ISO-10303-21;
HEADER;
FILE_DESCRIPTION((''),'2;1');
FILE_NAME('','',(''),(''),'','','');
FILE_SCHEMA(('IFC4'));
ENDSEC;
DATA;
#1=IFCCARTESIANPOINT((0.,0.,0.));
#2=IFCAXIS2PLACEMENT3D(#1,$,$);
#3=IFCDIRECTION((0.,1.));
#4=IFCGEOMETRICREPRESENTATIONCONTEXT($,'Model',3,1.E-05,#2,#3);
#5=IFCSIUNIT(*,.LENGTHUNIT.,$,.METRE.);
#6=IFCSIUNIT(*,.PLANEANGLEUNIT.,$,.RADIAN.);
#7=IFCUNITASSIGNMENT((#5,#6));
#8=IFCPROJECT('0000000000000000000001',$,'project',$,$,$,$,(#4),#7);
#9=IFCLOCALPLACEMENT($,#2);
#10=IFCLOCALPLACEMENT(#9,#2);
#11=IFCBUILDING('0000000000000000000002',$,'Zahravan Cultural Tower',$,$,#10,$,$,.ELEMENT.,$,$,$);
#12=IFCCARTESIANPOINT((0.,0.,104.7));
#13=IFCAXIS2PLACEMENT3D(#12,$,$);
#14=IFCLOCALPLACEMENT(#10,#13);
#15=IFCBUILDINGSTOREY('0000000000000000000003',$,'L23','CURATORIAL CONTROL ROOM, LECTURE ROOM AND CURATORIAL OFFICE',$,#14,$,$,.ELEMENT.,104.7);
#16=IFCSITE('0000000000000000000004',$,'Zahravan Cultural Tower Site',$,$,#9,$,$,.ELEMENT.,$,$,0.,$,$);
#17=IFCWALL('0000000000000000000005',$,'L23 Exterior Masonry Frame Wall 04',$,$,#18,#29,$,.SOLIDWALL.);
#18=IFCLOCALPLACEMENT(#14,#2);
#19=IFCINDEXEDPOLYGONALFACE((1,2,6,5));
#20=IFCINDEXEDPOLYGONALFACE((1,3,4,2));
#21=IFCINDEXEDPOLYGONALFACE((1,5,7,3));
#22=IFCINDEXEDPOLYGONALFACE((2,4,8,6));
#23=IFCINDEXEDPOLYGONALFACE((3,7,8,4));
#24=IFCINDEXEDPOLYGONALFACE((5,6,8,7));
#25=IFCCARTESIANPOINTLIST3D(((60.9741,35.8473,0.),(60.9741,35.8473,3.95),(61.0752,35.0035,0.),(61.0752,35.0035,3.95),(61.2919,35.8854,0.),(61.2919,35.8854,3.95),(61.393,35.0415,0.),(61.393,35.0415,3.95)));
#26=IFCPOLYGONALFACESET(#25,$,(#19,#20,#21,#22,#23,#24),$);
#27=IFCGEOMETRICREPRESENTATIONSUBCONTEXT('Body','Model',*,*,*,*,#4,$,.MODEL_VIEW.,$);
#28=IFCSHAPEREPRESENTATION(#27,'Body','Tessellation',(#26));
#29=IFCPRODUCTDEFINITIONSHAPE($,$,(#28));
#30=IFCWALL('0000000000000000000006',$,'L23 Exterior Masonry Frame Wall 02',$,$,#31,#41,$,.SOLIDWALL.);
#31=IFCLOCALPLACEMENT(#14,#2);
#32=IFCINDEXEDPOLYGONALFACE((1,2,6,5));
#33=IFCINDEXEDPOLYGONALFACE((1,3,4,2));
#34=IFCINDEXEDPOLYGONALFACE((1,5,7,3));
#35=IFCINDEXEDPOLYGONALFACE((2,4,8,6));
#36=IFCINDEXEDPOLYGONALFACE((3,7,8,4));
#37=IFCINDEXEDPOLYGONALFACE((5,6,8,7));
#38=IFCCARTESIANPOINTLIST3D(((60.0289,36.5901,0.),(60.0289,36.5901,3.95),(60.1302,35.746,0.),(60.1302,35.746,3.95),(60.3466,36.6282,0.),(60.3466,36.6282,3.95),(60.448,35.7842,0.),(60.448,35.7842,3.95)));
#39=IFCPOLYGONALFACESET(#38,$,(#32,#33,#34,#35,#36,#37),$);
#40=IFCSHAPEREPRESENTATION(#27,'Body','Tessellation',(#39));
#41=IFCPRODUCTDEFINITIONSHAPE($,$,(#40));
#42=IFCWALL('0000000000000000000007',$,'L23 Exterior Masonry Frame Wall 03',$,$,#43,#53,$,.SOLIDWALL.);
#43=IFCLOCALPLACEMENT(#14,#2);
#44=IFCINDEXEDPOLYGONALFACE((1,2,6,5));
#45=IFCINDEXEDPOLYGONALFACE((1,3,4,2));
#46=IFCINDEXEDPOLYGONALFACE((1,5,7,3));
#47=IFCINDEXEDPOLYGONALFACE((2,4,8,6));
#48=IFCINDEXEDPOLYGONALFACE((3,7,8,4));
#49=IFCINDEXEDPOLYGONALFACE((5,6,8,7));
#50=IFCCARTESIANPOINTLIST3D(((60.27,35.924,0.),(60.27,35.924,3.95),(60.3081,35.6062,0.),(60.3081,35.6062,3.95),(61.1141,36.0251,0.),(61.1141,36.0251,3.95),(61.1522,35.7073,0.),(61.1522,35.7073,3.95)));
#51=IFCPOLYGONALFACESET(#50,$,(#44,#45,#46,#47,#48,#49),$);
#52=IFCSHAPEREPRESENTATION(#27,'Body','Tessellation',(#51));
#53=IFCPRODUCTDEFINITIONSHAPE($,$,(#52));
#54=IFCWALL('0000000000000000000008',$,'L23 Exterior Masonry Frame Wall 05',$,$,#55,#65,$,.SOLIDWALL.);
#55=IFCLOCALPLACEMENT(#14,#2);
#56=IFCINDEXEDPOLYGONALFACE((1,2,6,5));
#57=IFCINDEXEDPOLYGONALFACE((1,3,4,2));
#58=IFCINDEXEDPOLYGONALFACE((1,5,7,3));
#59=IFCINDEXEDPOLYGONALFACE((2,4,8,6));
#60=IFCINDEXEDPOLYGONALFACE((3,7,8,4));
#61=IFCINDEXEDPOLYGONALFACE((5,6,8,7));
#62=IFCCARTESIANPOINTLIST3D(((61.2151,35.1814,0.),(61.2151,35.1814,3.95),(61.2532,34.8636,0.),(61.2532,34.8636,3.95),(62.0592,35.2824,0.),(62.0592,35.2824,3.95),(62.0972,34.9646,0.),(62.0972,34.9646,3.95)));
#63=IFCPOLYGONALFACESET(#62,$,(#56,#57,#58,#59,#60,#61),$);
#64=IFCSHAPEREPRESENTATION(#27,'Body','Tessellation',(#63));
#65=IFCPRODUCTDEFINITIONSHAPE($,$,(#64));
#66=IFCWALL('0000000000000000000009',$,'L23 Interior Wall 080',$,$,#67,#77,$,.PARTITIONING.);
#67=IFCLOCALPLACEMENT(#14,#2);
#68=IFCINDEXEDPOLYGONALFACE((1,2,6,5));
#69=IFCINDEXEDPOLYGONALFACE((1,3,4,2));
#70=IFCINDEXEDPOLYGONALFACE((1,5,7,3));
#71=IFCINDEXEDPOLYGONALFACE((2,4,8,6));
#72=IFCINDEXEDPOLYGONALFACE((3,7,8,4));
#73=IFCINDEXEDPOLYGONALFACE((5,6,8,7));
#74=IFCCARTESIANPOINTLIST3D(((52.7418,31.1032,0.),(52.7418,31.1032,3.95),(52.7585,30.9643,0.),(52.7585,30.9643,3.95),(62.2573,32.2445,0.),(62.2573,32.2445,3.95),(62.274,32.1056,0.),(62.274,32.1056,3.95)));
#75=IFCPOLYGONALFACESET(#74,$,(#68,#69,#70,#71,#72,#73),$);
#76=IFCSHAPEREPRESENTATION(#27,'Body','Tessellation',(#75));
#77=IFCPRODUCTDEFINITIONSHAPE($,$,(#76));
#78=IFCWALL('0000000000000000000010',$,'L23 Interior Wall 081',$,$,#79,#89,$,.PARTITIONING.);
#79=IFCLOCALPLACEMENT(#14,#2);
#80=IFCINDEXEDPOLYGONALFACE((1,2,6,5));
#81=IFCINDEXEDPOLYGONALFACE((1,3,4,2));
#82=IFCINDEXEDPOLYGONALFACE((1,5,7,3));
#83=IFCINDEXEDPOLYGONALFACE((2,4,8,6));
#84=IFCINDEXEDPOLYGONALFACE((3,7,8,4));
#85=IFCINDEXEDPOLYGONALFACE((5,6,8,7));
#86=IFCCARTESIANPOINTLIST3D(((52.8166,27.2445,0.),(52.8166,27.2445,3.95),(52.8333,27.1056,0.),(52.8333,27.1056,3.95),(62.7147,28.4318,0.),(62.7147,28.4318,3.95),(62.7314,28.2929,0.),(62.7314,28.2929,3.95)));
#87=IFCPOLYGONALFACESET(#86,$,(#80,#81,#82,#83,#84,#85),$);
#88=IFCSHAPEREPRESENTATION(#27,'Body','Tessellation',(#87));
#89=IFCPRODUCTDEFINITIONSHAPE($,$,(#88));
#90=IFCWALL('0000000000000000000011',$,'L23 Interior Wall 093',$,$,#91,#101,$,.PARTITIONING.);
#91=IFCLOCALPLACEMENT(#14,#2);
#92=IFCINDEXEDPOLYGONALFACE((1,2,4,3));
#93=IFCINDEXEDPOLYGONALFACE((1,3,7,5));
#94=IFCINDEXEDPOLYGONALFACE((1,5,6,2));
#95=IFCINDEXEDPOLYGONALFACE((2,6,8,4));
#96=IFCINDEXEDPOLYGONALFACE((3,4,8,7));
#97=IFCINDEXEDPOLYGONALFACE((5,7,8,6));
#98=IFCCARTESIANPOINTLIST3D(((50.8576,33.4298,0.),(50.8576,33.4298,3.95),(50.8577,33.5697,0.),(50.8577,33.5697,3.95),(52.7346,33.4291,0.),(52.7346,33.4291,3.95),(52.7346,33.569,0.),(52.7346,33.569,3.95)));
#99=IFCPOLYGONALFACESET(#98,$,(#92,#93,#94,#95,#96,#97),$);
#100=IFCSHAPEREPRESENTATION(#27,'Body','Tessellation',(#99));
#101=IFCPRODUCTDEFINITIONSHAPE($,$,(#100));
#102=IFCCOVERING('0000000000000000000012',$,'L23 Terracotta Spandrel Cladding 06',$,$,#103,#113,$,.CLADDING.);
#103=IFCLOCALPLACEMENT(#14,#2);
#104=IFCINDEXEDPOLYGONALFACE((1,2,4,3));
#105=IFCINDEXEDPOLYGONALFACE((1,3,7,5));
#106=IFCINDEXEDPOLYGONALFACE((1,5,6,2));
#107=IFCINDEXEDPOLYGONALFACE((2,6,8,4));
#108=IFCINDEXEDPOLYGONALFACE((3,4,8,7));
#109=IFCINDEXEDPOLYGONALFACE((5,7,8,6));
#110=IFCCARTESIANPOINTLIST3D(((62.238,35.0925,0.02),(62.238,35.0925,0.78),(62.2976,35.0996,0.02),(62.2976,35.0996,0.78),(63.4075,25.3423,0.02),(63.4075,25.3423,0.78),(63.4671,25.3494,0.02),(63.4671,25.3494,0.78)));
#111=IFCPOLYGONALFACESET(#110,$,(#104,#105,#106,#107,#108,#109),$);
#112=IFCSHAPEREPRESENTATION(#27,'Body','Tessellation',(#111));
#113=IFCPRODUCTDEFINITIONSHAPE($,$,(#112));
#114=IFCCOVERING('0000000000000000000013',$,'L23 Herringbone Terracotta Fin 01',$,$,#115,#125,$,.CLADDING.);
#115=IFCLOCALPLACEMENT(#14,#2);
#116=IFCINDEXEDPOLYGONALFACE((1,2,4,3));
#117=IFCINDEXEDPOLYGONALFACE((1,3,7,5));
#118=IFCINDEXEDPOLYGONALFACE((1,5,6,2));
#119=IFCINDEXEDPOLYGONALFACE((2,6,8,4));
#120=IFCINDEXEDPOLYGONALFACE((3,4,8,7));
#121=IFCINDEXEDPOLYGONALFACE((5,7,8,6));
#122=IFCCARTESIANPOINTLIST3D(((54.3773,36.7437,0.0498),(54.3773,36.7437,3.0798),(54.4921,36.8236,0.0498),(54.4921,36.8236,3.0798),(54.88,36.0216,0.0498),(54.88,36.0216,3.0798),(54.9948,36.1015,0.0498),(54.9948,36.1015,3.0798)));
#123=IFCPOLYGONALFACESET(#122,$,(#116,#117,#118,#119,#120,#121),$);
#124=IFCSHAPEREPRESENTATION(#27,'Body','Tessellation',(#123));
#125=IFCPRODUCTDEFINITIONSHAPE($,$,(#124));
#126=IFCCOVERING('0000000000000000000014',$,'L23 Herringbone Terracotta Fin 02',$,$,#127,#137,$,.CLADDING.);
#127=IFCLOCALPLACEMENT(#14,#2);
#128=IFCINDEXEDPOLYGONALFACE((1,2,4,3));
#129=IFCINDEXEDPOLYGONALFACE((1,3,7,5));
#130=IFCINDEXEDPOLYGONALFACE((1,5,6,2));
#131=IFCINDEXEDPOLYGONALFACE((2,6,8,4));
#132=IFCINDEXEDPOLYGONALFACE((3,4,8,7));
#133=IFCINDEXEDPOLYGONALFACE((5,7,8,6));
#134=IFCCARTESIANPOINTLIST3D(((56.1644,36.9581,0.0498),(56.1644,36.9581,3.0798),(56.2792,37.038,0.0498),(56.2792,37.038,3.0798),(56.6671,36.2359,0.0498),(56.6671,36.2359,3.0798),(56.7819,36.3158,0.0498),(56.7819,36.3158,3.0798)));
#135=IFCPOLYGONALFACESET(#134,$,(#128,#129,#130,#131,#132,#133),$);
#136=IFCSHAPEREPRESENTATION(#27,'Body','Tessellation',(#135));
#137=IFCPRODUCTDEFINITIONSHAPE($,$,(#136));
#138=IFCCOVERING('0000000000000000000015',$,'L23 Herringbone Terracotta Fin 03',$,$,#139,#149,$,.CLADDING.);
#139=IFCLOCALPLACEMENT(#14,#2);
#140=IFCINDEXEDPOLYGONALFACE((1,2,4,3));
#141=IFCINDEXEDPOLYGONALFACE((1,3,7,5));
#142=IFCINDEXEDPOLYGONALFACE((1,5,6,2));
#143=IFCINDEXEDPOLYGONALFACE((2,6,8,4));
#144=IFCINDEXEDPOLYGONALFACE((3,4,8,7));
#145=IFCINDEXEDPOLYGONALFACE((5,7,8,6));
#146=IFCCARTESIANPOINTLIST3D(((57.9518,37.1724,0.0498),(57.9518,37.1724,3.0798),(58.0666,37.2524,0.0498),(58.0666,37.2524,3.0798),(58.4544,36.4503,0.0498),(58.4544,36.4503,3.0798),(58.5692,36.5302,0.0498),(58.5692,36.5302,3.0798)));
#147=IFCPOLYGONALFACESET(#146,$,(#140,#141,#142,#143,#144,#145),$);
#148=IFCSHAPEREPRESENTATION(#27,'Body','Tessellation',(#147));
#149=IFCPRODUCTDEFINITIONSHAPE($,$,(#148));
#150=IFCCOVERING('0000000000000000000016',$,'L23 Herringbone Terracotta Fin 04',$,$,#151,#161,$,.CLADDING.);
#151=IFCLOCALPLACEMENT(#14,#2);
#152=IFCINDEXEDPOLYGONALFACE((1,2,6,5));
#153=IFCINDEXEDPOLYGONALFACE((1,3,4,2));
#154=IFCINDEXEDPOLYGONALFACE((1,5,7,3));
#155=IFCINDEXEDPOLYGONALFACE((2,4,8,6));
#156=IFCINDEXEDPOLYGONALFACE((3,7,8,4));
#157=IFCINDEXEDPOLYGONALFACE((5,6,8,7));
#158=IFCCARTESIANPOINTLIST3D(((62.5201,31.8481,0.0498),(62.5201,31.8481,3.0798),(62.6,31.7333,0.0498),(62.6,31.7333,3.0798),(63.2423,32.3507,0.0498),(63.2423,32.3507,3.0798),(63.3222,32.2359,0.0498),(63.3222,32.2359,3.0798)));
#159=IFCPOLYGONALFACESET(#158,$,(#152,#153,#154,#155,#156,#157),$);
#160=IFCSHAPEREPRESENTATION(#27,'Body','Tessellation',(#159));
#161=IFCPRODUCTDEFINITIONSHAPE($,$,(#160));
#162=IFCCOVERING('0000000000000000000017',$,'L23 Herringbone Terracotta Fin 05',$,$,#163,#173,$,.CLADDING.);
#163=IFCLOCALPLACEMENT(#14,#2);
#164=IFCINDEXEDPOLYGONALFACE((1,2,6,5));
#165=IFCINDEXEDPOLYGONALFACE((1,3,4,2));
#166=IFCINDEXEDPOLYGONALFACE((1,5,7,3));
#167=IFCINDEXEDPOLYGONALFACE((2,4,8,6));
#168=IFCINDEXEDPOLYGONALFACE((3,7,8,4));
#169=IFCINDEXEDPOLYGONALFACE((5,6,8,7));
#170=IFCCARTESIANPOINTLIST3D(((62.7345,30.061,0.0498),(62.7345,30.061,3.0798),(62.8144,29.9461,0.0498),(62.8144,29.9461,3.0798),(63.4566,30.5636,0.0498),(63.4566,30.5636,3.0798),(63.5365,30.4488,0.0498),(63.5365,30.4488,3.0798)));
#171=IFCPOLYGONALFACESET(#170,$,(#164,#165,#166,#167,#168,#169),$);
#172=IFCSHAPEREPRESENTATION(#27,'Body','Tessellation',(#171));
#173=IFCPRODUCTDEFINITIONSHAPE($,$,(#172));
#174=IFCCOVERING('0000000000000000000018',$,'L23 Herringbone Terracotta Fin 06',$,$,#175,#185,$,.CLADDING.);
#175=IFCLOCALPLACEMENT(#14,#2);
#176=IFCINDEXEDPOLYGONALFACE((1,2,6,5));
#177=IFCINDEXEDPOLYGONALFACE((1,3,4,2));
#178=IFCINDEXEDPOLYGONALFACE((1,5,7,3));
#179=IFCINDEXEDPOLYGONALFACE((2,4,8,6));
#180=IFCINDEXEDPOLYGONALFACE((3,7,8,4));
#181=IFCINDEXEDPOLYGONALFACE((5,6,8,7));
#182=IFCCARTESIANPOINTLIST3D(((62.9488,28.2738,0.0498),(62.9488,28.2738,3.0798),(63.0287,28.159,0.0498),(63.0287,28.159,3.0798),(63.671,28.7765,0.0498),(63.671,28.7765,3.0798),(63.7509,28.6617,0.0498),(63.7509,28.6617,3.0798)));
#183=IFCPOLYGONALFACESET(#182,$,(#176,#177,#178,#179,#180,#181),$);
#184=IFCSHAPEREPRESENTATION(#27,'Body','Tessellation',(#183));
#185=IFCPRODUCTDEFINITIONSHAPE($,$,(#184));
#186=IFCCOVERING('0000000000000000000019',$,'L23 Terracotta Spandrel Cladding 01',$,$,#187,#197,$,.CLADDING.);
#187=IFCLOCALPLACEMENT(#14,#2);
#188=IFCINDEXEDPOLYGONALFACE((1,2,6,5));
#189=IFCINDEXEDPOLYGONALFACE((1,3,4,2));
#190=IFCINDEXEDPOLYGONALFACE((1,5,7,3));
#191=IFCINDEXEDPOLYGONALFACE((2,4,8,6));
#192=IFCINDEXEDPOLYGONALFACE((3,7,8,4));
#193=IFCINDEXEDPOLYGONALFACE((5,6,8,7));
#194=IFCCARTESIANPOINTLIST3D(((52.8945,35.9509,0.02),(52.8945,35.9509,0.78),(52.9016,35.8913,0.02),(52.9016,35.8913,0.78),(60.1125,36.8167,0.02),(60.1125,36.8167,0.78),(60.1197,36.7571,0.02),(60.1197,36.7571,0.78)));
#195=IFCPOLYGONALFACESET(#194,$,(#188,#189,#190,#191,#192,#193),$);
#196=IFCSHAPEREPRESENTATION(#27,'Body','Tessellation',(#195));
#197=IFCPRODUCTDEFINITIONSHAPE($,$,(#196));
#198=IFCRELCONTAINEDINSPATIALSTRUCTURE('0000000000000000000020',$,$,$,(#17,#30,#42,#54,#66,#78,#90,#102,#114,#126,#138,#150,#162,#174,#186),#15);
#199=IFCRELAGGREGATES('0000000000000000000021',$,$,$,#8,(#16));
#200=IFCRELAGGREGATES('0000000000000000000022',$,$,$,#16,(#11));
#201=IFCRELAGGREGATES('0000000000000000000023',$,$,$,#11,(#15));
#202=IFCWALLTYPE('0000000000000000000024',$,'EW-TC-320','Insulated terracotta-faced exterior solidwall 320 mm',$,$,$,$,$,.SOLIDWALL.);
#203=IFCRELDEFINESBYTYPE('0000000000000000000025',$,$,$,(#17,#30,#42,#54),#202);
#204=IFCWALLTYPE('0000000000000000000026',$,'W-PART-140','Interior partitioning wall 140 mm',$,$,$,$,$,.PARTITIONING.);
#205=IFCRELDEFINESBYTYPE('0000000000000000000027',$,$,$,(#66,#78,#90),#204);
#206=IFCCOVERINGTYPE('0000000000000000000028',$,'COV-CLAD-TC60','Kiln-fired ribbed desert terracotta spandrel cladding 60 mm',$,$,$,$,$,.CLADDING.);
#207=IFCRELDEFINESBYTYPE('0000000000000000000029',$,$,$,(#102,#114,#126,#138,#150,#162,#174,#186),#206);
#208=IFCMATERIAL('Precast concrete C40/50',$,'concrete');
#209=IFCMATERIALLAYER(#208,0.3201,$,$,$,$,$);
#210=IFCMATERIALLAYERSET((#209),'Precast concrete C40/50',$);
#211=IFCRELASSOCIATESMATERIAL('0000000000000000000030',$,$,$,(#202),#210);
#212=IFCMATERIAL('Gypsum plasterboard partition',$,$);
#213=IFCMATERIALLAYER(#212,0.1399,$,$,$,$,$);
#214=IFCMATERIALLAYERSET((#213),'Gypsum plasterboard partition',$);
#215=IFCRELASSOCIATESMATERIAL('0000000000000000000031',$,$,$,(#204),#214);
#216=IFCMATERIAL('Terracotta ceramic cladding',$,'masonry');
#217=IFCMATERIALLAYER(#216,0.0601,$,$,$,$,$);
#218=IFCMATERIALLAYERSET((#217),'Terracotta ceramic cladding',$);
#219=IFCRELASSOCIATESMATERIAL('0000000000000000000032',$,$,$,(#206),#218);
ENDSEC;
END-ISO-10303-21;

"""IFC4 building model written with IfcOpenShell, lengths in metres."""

from ifc_helpers import new_model, si_unit, direction, frame, frame_2d, origin, origin_2d, place, context, subcontext, project, spatial, rectangle, extrude, source, transform, mapped, material, layer, layer_set, type_object, element, save


model = new_model("IFC4")

# Units and contexts
model_context = context("Model", 3, precision=1e-05, world=origin(), true_north=direction((0.0, 1.0)))
body_context = subcontext(model_context, "Body", "Model", "MODEL_VIEW")
ifc_project = project(units=[si_unit("LENGTHUNIT", "METRE"), si_unit("PLANEANGLEUNIT", "RADIAN")], contexts=[model_context])

# Site, building, storey
site_placement = place(None, origin())
site = spatial("IfcSite", under=ifc_project, at=site_placement, Name="Zahravan Cultural Tower Site", CompositionType="ELEMENT", RefElevation=0.0)
building_placement = place(site_placement, origin())
building = spatial("IfcBuilding", under=site, at=building_placement, Name="Zahravan Cultural Tower", CompositionType="ELEMENT")
storey_placement = place(building_placement, frame((0.0, 0.0, 104.7)))
storey = spatial("IfcBuildingStorey", under=building, at=storey_placement, Name="L23", Description="CURATORIAL CONTROL ROOM, LECTURE ROOM AND CURATORIAL OFFICE", CompositionType="ELEMENT", Elevation=104.7)

# Shared definitions
ifc_material_1 = material(Name="Precast concrete C40/50", Category="concrete")
ifc_layer_1 = layer(ifc_material_1, 0.3201)
ifc_layer_set_1 = layer_set([ifc_layer_1], Name="Precast concrete C40/50")
wall_type_1 = type_object("IfcWallType", Name="EW-TC-320", Description="Insulated terracotta-faced exterior solidwall 320 mm", PredefinedType="SOLIDWALL", material=ifc_layer_set_1)

# Shared definitions
ifc_material_2 = material(Name="Gypsum plasterboard partition")
ifc_layer_2 = layer(ifc_material_2, 0.1399)
ifc_layer_set_2 = layer_set([ifc_layer_2], Name="Gypsum plasterboard partition")
wall_type_2 = type_object("IfcWallType", Name="W-PART-140", Description="Interior partitioning wall 140 mm", PredefinedType="PARTITIONING", material=ifc_layer_set_2)

# Walls
shared_shape_1 = source(origin(), body_context, "Body", "SweptSolid", [
    extrude(rectangle(XDim=0.8499, YDim=0.3201, at=frame_2d((0.4248, 0.0))), origin(), (0.0, 0.0, 1.0), 3.95),
])
wall_1_placement = place(storey_placement, frame((61.1331, 35.8662, 0.0), z_axis=(0.0, 0.0, 1.0), x_axis=(0.118941, -0.992901, 0.0)))
element("IfcWall", 1, at=wall_1_placement, inside=storey, type_object=wall_type_1, Name="L23 Exterior Masonry Frame Wall 04", PredefinedType="SOLIDWALL", context=body_context, shape_type="MappedRepresentation", body=[
    mapped(shared_shape_1, transform((0.0, 0.0, 0.0), x_axis=(1.0, 0.0, 0.0), y_axis=(0.0, 1.0, 0.0), z_axis=(0.0, 0.0, 1.0), scale=1.0)),
])
shared_shape_2 = source(origin(), body_context, "Body", "SweptSolid", [
    extrude(rectangle(XDim=0.8501, YDim=0.3201, at=frame_2d((0.425, 0.0))), origin(), (0.0, 0.0, 1.0), 3.95),
])
for number, where, z_axis, x_axis, name in (
    (2, (60.1877, 36.6091, 0.0), (0.0, 0.0, 1.0), (0.119191, -0.992871, 0.0), "L23 Exterior Masonry Frame Wall 02"),
    (3, (60.2891, 35.7651, 0.0), (0.0, 0.0, 1.0), (0.992905, 0.118907, 0.0), "L23 Exterior Masonry Frame Wall 03"),
    (4, (61.2341, 35.0225, 0.0), (0.0, 0.0, 1.0), (0.992905, 0.118907, 0.0), "L23 Exterior Masonry Frame Wall 05"),
):
    element("IfcWall", number, at=place(storey_placement, frame(where, z_axis=z_axis, x_axis=x_axis)), inside=storey, type_object=wall_type_1, Name=name, PredefinedType="SOLIDWALL", context=body_context, shape_type="MappedRepresentation", body=[
        mapped(shared_shape_2, transform((0.0, 0.0, 0.0), x_axis=(1.0, 0.0, 0.0), y_axis=(0.0, 1.0, 0.0), z_axis=(0.0, 0.0, 1.0), scale=1.0)),
    ])
shared_shape_3 = source(origin(), body_context, "Body", "SweptSolid", [
    extrude(rectangle(XDim=9.5837, YDim=0.1399, at=frame_2d((4.792, 0.0))), origin(), (0.0, 0.0, 1.0), 3.95),
])
wall_2_placement = place(storey_placement, frame((52.75, 31.0337, 0.0), z_axis=(0.0, 0.0, 1.0), x_axis=(0.992883, 0.119092, 0.0)))
element("IfcWall", 5, at=wall_2_placement, inside=storey, type_object=wall_type_2, Name="L23 Interior Wall 080", PredefinedType="PARTITIONING", context=body_context, shape_type="MappedRepresentation", body=[
    mapped(shared_shape_3, transform((0.0, 0.0, 0.0), x_axis=(1.0, 0.0, 0.0), y_axis=(0.0, 1.0, 0.0), z_axis=(0.0, 0.0, 1.0), scale=1.0)),
])
shared_shape_4 = source(origin(), body_context, "Body", "SweptSolid", [
    extrude(rectangle(XDim=9.969, YDim=0.1399, at=frame_2d((4.9844, 0.0))), origin(), (0.0, 0.0, 1.0), 3.95),
])
wall_3_placement = place(storey_placement, frame((62.7229, 28.3623, 0.0), z_axis=(0.0, 0.0, 1.0), x_axis=(-0.992883, -0.119096, 0.0)))
element("IfcWall", 6, at=wall_3_placement, inside=storey, type_object=wall_type_2, Name="L23 Interior Wall 081", PredefinedType="PARTITIONING", context=body_context, shape_type="MappedRepresentation", body=[
    mapped(shared_shape_4, transform((0.0, 0.0, 0.0), x_axis=(1.0, 0.0, 0.0), y_axis=(0.0, 1.0, 0.0), z_axis=(0.0, 0.0, 1.0), scale=1.0)),
])
shared_shape_5 = source(origin(), body_context, "Body", "SweptSolid", [
    extrude(rectangle(XDim=1.877, YDim=0.1399, at=frame_2d((0.9385, 0.0))), origin(), (0.0, 0.0, 1.0), 3.95),
])
wall_4_placement = place(storey_placement, frame((52.7346, 33.499, 0.0), z_axis=(0.0, 0.0, 1.0), x_axis=(-1.0, 0.00039, 0.0)))
element("IfcWall", 7, at=wall_4_placement, inside=storey, type_object=wall_type_2, Name="L23 Interior Wall 093", PredefinedType="PARTITIONING", context=body_context, shape_type="MappedRepresentation", body=[
    mapped(shared_shape_5, transform((0.0, 0.0, 0.0), x_axis=(1.0, 0.0, 0.0), y_axis=(0.0, 1.0, 0.0), z_axis=(0.0, 0.0, 1.0), scale=1.0)),
])

# Coverings
ifc_material_3 = material(Name="Terracotta ceramic cladding", Category="masonry")
ifc_layer_3 = layer(ifc_material_3, 0.0601)
ifc_layer_set_3 = layer_set([ifc_layer_3], Name="Terracotta ceramic cladding")
covering_type = type_object("IfcCoveringType", Name="COV-CLAD-TC60", Description="Kiln-fired ribbed desert terracotta spandrel cladding 60 mm", PredefinedType="CLADDING", material=ifc_layer_set_3)
shared_shape_6 = source(origin(), body_context, "Body", "SweptSolid", [
    extrude(rectangle(XDim=9.8201, YDim=0.0601, at=origin_2d()), origin(), (0.0, 0.0, 1.0), 0.76),
])
covering_1_placement = place(storey_placement, frame((62.8525, 30.2209, 0.02), z_axis=(0.0, 0.0, 1.0), x_axis=(0.119097, -0.992883, 0.0)))
element("IfcCovering", 8, at=covering_1_placement, inside=storey, type_object=covering_type, Name="L23 Terracotta Spandrel Cladding 06", PredefinedType="CLADDING", context=body_context, shape_type="MappedRepresentation", body=[
    mapped(shared_shape_6, transform((0.0, 0.0, 0.0), x_axis=(1.0, 0.0, 0.0), y_axis=(0.0, 1.0, 0.0), z_axis=(0.0, 0.0, 1.0), scale=1.0)),
])
shared_shape_7 = source(origin(), body_context, "Body", "SweptSolid", [
    extrude(rectangle(XDim=0.8799, YDim=0.1399, at=origin_2d()), origin(), (0.0, 0.0, 1.0), 3.03),
])
for number, where, z_axis, x_axis, name in (
    (9, (54.686, 36.4226, 0.0498), (0.0, 0.0, 1.0), (-0.571287, 0.820751, 0.0), "L23 Herringbone Terracotta Fin 01"),
    (10, (56.4731, 36.637, 0.0498), (0.0, 0.0, 1.0), (-0.571287, 0.820751, 0.0), "L23 Herringbone Terracotta Fin 02"),
    (11, (58.2605, 36.8513, 0.0498), (0.0, 0.0, 1.0), (-0.571287, 0.820751, 0.0), "L23 Herringbone Terracotta Fin 03"),
    (12, (62.9211, 32.042, 0.0498), (0.0, 0.0, 1.0), (0.820751, 0.571287, 0.0), "L23 Herringbone Terracotta Fin 04"),
    (13, (63.1355, 30.2549, 0.0498), (0.0, 0.0, 1.0), (0.820751, 0.571287, 0.0), "L23 Herringbone Terracotta Fin 05"),
    (14, (63.3499, 28.4678, 0.0498), (0.0, 0.0, 1.0), (0.820751, 0.571287, 0.0), "L23 Herringbone Terracotta Fin 06"),
):
    element("IfcCovering", number, at=place(storey_placement, frame(where, z_axis=z_axis, x_axis=x_axis)), inside=storey, type_object=covering_type, Name=name, PredefinedType="CLADDING", context=body_context, shape_type="MappedRepresentation", body=[
        mapped(shared_shape_7, transform((0.0, 0.0, 0.0), x_axis=(1.0, 0.0, 0.0), y_axis=(0.0, 1.0, 0.0), z_axis=(0.0, 0.0, 1.0), scale=1.0)),
    ])
shared_shape_8 = source(origin(), body_context, "Body", "SweptSolid", [
    extrude(rectangle(XDim=7.2698, YDim=0.0601, at=origin_2d()), origin(), (0.0, 0.0, 1.0), 0.76),
])
covering_2_placement = place(storey_placement, frame((56.5071, 36.354, 0.02), z_axis=(0.0, 0.0, 1.0), x_axis=(0.992883, 0.119097, 0.0)))
element("IfcCovering", 15, at=covering_2_placement, inside=storey, type_object=covering_type, Name="L23 Terracotta Spandrel Cladding 01", PredefinedType="CLADDING", context=body_context, shape_type="MappedRepresentation", body=[
    mapped(shared_shape_8, transform((0.0, 0.0, 0.0), x_axis=(1.0, 0.0, 0.0), y_axis=(0.0, 1.0, 0.0), z_axis=(0.0, 0.0, 1.0), scale=1.0)),
])

save(model, "model.ifc")
